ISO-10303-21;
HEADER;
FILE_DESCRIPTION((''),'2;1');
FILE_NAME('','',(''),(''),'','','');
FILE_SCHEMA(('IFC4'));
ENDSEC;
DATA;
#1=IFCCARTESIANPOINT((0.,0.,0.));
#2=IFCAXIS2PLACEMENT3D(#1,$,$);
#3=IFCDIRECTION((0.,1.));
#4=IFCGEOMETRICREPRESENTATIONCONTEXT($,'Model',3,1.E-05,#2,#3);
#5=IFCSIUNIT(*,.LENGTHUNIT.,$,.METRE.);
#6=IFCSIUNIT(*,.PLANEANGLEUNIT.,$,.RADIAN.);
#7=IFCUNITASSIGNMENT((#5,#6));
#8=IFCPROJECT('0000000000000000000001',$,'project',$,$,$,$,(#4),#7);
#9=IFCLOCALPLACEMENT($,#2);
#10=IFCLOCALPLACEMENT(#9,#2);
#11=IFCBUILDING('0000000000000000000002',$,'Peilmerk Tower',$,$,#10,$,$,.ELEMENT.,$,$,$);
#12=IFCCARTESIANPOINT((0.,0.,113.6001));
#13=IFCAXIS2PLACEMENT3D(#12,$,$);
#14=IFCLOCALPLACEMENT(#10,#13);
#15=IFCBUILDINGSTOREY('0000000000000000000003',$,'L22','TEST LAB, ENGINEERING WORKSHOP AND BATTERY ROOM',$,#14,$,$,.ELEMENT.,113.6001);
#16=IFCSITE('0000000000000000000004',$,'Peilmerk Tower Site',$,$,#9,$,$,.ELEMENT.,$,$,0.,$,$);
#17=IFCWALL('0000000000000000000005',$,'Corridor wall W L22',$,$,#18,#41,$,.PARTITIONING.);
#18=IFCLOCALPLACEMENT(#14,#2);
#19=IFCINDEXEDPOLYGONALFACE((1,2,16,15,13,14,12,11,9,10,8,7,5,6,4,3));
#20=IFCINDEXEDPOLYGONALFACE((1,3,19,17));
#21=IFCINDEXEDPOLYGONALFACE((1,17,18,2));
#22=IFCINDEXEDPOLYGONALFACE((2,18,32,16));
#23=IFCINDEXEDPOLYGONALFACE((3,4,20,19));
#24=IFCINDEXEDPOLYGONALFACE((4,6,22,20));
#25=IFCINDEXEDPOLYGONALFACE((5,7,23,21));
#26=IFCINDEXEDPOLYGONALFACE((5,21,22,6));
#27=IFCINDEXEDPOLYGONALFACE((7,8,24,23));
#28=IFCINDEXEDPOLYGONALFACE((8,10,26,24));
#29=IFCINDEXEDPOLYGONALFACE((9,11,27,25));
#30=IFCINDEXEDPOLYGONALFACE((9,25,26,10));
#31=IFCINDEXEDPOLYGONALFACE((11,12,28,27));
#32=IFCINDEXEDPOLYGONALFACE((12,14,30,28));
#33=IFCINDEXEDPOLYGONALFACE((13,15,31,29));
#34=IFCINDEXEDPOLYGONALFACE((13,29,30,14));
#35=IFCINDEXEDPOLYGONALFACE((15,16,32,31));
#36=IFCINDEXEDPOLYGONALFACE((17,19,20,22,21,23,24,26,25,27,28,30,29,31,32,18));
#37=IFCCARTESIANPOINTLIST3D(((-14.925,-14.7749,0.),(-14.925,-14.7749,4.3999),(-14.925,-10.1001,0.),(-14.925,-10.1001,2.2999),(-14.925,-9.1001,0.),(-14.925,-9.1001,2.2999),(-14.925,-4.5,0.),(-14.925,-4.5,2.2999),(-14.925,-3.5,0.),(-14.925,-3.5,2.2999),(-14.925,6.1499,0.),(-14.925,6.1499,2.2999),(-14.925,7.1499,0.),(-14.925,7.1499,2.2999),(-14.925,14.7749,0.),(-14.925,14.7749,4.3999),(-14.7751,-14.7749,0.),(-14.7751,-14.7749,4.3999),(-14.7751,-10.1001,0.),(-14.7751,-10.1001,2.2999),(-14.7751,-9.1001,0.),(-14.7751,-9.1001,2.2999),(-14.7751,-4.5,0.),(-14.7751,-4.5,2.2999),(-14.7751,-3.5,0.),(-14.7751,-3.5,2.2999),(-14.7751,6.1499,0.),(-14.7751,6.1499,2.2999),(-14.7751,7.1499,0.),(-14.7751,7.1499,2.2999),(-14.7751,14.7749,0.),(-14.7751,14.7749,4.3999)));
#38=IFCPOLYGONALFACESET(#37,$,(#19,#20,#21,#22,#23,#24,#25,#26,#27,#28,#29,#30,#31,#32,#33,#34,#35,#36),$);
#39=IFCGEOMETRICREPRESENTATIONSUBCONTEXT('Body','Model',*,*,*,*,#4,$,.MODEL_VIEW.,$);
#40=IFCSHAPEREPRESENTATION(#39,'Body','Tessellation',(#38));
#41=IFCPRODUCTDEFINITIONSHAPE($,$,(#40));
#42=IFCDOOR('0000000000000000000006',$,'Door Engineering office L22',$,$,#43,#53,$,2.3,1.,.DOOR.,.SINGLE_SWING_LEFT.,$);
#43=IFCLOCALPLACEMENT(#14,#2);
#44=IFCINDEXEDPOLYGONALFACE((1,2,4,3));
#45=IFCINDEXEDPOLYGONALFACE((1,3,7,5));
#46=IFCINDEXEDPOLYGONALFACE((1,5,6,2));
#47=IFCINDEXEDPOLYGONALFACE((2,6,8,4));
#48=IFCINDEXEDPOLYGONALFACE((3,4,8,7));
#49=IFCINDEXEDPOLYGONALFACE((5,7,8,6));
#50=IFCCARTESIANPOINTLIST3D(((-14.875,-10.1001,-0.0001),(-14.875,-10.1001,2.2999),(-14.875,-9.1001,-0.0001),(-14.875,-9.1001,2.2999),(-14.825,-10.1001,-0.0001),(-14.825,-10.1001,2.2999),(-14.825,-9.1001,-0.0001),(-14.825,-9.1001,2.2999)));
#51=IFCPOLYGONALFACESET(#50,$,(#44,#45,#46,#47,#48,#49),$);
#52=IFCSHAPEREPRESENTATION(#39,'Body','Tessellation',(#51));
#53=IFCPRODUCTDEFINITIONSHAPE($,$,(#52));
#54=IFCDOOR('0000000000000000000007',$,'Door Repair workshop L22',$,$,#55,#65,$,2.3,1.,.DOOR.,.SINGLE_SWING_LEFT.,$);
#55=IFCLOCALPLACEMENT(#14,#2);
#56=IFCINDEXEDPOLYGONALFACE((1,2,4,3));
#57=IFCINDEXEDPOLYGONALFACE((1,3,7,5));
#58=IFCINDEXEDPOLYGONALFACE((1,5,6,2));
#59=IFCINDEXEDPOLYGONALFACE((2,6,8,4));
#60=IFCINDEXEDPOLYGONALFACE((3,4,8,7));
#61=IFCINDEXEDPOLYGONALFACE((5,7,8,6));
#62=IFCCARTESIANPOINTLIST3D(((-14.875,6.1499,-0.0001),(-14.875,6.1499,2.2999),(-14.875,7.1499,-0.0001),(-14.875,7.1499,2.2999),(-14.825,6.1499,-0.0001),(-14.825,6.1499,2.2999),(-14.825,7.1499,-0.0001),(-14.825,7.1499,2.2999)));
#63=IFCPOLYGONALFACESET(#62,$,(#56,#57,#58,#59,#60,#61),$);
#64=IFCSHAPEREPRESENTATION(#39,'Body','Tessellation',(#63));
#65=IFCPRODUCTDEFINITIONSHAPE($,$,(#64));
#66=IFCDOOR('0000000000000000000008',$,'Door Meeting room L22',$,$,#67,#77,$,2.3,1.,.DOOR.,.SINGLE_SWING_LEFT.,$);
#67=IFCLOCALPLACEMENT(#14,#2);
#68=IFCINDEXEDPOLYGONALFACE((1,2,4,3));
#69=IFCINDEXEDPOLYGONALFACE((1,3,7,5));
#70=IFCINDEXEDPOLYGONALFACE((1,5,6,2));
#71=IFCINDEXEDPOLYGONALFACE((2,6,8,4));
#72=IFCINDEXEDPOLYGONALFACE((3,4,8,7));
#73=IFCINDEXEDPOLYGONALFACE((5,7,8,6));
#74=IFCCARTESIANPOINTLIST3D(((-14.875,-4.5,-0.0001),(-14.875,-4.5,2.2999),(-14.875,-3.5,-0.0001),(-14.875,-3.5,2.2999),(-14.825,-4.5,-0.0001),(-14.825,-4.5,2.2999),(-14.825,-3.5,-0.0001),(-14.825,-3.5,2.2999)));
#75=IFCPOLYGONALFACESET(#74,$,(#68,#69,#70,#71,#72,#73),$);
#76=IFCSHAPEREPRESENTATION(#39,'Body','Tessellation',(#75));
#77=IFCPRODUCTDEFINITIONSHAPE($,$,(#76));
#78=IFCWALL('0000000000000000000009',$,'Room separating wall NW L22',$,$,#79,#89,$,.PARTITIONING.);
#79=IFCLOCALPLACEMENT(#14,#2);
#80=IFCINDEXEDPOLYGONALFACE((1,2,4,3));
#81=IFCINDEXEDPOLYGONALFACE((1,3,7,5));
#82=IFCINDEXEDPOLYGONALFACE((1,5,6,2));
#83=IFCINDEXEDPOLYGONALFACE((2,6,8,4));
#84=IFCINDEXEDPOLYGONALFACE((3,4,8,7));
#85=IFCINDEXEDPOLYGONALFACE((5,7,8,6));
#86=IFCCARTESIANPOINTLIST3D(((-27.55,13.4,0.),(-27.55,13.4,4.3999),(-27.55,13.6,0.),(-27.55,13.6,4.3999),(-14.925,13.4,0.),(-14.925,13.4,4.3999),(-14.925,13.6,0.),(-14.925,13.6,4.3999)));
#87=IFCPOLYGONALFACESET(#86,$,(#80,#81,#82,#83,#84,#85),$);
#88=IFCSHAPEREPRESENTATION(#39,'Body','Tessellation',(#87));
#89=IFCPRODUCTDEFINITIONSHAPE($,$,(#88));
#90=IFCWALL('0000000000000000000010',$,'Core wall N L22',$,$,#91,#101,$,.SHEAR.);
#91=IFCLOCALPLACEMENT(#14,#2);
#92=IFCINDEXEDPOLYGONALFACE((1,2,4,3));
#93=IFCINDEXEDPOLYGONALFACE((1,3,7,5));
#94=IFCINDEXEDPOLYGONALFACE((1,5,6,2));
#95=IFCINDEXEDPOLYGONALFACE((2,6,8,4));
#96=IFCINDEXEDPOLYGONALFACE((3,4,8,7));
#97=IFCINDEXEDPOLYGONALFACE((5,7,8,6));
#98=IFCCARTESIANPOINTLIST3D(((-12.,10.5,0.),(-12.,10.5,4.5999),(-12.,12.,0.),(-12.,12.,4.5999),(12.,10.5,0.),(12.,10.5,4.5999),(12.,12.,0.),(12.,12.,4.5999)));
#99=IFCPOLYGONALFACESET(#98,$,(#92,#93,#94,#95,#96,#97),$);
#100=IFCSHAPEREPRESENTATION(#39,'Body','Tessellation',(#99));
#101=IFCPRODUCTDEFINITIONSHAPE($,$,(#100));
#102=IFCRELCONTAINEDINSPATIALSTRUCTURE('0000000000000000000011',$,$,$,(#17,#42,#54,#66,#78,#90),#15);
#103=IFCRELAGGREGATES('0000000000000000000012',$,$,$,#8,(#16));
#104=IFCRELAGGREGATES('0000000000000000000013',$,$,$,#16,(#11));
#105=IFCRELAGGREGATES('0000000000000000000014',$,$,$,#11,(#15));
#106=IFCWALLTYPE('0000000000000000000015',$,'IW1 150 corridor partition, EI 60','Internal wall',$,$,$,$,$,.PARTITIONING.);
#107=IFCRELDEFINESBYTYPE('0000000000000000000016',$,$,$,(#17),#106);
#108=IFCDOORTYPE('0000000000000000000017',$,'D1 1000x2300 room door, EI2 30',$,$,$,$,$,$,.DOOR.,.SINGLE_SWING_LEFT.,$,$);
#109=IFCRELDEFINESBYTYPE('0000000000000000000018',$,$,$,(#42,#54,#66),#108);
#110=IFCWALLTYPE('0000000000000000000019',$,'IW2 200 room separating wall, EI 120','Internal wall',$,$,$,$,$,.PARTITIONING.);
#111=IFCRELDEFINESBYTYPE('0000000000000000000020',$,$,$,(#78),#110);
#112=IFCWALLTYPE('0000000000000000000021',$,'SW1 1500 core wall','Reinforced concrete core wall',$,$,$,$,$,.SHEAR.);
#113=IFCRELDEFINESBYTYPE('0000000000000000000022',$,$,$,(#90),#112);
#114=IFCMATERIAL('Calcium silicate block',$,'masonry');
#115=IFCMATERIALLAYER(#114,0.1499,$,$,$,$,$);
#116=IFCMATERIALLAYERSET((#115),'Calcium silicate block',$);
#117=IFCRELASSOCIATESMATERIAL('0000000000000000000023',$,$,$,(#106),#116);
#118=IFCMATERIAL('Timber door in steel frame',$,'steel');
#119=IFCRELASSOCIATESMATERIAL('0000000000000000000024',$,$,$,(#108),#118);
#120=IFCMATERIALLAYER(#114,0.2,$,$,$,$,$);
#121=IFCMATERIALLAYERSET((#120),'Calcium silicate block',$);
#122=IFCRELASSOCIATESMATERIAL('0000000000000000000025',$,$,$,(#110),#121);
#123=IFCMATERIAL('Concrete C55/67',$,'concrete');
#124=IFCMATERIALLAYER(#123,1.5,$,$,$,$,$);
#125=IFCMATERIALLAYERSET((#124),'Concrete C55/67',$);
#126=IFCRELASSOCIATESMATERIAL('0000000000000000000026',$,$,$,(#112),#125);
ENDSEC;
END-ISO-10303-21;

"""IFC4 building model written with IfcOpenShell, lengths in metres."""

from ifc_helpers import new_model, si_unit, direction, frame, frame_2d, origin, place, context, subcontext, project, spatial, rectangle, extrude, material, layer, layer_set, type_object, element, fill, save


model = new_model("IFC4")

# Units and contexts
model_context = context("Model", 3, precision=1e-05, world=origin(), true_north=direction((0.0, 1.0)))
body_context = subcontext(model_context, "Body", "Model", "MODEL_VIEW")
ifc_project = project(units=[si_unit("LENGTHUNIT", "METRE"), si_unit("PLANEANGLEUNIT", "RADIAN")], contexts=[model_context])

# Site, building, storey
site_placement = place(None, origin())
site = spatial("IfcSite", under=ifc_project, at=site_placement, Name="Peilmerk Tower Site", CompositionType="ELEMENT", RefElevation=0.0)
building_placement = place(site_placement, origin())
building = spatial("IfcBuilding", under=site, at=building_placement, Name="Peilmerk Tower", CompositionType="ELEMENT")
storey_placement = place(building_placement, frame((0.0, 0.0, 113.6001)))
storey = spatial("IfcBuildingStorey", under=building, at=storey_placement, Name="L22", Description="TEST LAB, ENGINEERING WORKSHOP AND BATTERY ROOM", CompositionType="ELEMENT", Elevation=113.6001)

# Wall, openings, doors
ifc_material_1 = material(Name="Calcium silicate block", Category="masonry")
ifc_layer_1 = layer(ifc_material_1, 0.1499)
ifc_layer_set_1 = layer_set([ifc_layer_1], Name="Calcium silicate block")
wall_type_1 = type_object("IfcWallType", Name="IW1 150 corridor partition, EI 60", Description="Internal wall", PredefinedType="PARTITIONING", material=ifc_layer_set_1)
ifc_material_2 = material(Name="Timber door in steel frame", Category="steel")
door_type_1 = type_object("IfcDoorType", Name="D1 1000x2300 room door, EI2 30", OperationType="SINGLE_SWING_LEFT", PredefinedType="DOOR", material=ifc_material_2)
wall_1_placement = place(storey_placement, frame((-14.8501, 14.7749, 0.0), z_axis=(0.0, 0.0, 1.0), x_axis=(0.0, -1.0, 0.0)))
wall_1 = element("IfcWall", 1, at=wall_1_placement, inside=storey, type_object=wall_type_1, Name="Corridor wall W L22", PredefinedType="PARTITIONING", context=body_context, shape_type="SweptSolid", body=[
    extrude(rectangle(XDim=29.5498, YDim=0.1499, at=frame_2d((14.7749, 0.0))), origin(), (0.0, 0.0, 1.0), 4.3999),
])
opening_1_placement = place(wall_1_placement, frame((23.875, 0.0, 0.0)))
opening_1 = element("IfcOpeningElement", 2, at=opening_1_placement, cuts=wall_1, PredefinedType="OPENING", context=body_context, shape_type="SweptSolid", body=[
    extrude(rectangle(XDim=1.0, YDim=2.3, at=frame_2d((0.5, 1.1499))), frame((0.0, 0.085, 0.0), z_axis=(0.0, -1.0, 0.0), x_axis=(1.0, 0.0, 0.0)), (0.0, 0.0, 1.0), 0.1699),
])
opening_2_placement = place(wall_1_placement, frame((7.625, 0.0, 0.0)))
opening_2 = element("IfcOpeningElement", 3, at=opening_2_placement, cuts=wall_1, PredefinedType="OPENING", context=body_context, shape_type="SweptSolid", body=[
    extrude(rectangle(XDim=1.0, YDim=2.3, at=frame_2d((0.5, 1.1499))), frame((0.0, 0.085, 0.0), z_axis=(0.0, -1.0, 0.0), x_axis=(1.0, 0.0, 0.0)), (0.0, 0.0, 1.0), 0.1699),
])
opening_3_placement = place(wall_1_placement, frame((18.2749, 0.0, 0.0)))
opening_3 = element("IfcOpeningElement", 4, at=opening_3_placement, cuts=wall_1, PredefinedType="OPENING", context=body_context, shape_type="SweptSolid", body=[
    extrude(rectangle(XDim=1.0, YDim=2.3, at=frame_2d((0.5, 1.1499))), frame((0.0, 0.085, 0.0), z_axis=(0.0, -1.0, 0.0), x_axis=(1.0, 0.0, 0.0)), (0.0, 0.0, 1.0), 0.1699),
])
door_1_placement = place(opening_1_placement, frame((1.0, 0.0, 0.0), z_axis=(0.0, 0.0, 1.0), x_axis=(-1.0, 0.0, 0.0)))
door_1 = element("IfcDoor", 5, at=door_1_placement, inside=storey, type_object=door_type_1, Name="Door Engineering office L22", OperationType="SINGLE_SWING_LEFT", OverallHeight=2.3, OverallWidth=1.0, PredefinedType="DOOR", context=body_context, shape_type="SweptSolid", body=[
    extrude(rectangle(XDim=1.0, YDim=2.3, at=frame_2d((0.5, 1.1499))), frame((0.0, 0.0249, 0.0), z_axis=(0.0, -1.0, 0.0), x_axis=(1.0, 0.0, 0.0)), (0.0, 0.0, 1.0), 0.05),
])
fill(opening_1, door_1)
door_2_placement = place(opening_2_placement, frame((1.0, 0.0, 0.0), z_axis=(0.0, 0.0, 1.0), x_axis=(-1.0, 0.0, 0.0)))
door_2 = element("IfcDoor", 6, at=door_2_placement, inside=storey, type_object=door_type_1, Name="Door Repair workshop L22", OperationType="SINGLE_SWING_LEFT", OverallHeight=2.3, OverallWidth=1.0, PredefinedType="DOOR", context=body_context, shape_type="SweptSolid", body=[
    extrude(rectangle(XDim=1.0, YDim=2.3, at=frame_2d((0.5, 1.1499))), frame((0.0, 0.0249, 0.0), z_axis=(0.0, -1.0, 0.0), x_axis=(1.0, 0.0, 0.0)), (0.0, 0.0, 1.0), 0.05),
])
fill(opening_2, door_2)
door_3_placement = place(opening_3_placement, frame((1.0, 0.0, 0.0), z_axis=(0.0, 0.0, 1.0), x_axis=(-1.0, 0.0, 0.0)))
door_3 = element("IfcDoor", 7, at=door_3_placement, inside=storey, type_object=door_type_1, Name="Door Meeting room L22", OperationType="SINGLE_SWING_LEFT", OverallHeight=2.3, OverallWidth=1.0, PredefinedType="DOOR", context=body_context, shape_type="SweptSolid", body=[
    extrude(rectangle(XDim=1.0, YDim=2.3, at=frame_2d((0.5, 1.1499))), frame((0.0, 0.0249, 0.0), z_axis=(0.0, -1.0, 0.0), x_axis=(1.0, 0.0, 0.0)), (0.0, 0.0, 1.0), 0.05),
])
fill(opening_3, door_3)

# Walls
ifc_layer_2 = layer(ifc_material_1, 0.2)
ifc_layer_set_2 = layer_set([ifc_layer_2], Name="Calcium silicate block")
wall_type_2 = type_object("IfcWallType", Name="IW2 200 room separating wall, EI 120", Description="Internal wall", PredefinedType="PARTITIONING", material=ifc_layer_set_2)
wall_2_placement = place(storey_placement, frame((-27.55, 13.5, 0.0), z_axis=(0.0, 0.0, 1.0), x_axis=(1.0, 0.0, 0.0)))
element("IfcWall", 8, at=wall_2_placement, inside=storey, type_object=wall_type_2, Name="Room separating wall NW L22", PredefinedType="PARTITIONING", context=body_context, shape_type="SweptSolid", body=[
    extrude(rectangle(XDim=12.625, YDim=0.2, at=frame_2d((6.3125, 0.0))), origin(), (0.0, 0.0, 1.0), 4.3999),
])
ifc_material_3 = material(Name="Concrete C55/67", Category="concrete")
ifc_layer_3 = layer(ifc_material_3, 1.5)
ifc_layer_set_3 = layer_set([ifc_layer_3], Name="Concrete C55/67")
wall_type_3 = type_object("IfcWallType", Name="SW1 1500 core wall", Description="Reinforced concrete core wall", PredefinedType="SHEAR", material=ifc_layer_set_3)
wall_3_placement = place(storey_placement, frame((-12.0, 11.25, 0.0), z_axis=(0.0, 0.0, 1.0), x_axis=(1.0, 0.0, 0.0)))
element("IfcWall", 9, at=wall_3_placement, inside=storey, type_object=wall_type_3, Name="Core wall N L22", PredefinedType="SHEAR", context=body_context, shape_type="SweptSolid", body=[
    extrude(rectangle(XDim=24.0, YDim=1.5, at=frame_2d((12.0, 0.0))), origin(), (0.0, 0.0, 1.0), 4.5999),
])

save(model, "model.ifc")
